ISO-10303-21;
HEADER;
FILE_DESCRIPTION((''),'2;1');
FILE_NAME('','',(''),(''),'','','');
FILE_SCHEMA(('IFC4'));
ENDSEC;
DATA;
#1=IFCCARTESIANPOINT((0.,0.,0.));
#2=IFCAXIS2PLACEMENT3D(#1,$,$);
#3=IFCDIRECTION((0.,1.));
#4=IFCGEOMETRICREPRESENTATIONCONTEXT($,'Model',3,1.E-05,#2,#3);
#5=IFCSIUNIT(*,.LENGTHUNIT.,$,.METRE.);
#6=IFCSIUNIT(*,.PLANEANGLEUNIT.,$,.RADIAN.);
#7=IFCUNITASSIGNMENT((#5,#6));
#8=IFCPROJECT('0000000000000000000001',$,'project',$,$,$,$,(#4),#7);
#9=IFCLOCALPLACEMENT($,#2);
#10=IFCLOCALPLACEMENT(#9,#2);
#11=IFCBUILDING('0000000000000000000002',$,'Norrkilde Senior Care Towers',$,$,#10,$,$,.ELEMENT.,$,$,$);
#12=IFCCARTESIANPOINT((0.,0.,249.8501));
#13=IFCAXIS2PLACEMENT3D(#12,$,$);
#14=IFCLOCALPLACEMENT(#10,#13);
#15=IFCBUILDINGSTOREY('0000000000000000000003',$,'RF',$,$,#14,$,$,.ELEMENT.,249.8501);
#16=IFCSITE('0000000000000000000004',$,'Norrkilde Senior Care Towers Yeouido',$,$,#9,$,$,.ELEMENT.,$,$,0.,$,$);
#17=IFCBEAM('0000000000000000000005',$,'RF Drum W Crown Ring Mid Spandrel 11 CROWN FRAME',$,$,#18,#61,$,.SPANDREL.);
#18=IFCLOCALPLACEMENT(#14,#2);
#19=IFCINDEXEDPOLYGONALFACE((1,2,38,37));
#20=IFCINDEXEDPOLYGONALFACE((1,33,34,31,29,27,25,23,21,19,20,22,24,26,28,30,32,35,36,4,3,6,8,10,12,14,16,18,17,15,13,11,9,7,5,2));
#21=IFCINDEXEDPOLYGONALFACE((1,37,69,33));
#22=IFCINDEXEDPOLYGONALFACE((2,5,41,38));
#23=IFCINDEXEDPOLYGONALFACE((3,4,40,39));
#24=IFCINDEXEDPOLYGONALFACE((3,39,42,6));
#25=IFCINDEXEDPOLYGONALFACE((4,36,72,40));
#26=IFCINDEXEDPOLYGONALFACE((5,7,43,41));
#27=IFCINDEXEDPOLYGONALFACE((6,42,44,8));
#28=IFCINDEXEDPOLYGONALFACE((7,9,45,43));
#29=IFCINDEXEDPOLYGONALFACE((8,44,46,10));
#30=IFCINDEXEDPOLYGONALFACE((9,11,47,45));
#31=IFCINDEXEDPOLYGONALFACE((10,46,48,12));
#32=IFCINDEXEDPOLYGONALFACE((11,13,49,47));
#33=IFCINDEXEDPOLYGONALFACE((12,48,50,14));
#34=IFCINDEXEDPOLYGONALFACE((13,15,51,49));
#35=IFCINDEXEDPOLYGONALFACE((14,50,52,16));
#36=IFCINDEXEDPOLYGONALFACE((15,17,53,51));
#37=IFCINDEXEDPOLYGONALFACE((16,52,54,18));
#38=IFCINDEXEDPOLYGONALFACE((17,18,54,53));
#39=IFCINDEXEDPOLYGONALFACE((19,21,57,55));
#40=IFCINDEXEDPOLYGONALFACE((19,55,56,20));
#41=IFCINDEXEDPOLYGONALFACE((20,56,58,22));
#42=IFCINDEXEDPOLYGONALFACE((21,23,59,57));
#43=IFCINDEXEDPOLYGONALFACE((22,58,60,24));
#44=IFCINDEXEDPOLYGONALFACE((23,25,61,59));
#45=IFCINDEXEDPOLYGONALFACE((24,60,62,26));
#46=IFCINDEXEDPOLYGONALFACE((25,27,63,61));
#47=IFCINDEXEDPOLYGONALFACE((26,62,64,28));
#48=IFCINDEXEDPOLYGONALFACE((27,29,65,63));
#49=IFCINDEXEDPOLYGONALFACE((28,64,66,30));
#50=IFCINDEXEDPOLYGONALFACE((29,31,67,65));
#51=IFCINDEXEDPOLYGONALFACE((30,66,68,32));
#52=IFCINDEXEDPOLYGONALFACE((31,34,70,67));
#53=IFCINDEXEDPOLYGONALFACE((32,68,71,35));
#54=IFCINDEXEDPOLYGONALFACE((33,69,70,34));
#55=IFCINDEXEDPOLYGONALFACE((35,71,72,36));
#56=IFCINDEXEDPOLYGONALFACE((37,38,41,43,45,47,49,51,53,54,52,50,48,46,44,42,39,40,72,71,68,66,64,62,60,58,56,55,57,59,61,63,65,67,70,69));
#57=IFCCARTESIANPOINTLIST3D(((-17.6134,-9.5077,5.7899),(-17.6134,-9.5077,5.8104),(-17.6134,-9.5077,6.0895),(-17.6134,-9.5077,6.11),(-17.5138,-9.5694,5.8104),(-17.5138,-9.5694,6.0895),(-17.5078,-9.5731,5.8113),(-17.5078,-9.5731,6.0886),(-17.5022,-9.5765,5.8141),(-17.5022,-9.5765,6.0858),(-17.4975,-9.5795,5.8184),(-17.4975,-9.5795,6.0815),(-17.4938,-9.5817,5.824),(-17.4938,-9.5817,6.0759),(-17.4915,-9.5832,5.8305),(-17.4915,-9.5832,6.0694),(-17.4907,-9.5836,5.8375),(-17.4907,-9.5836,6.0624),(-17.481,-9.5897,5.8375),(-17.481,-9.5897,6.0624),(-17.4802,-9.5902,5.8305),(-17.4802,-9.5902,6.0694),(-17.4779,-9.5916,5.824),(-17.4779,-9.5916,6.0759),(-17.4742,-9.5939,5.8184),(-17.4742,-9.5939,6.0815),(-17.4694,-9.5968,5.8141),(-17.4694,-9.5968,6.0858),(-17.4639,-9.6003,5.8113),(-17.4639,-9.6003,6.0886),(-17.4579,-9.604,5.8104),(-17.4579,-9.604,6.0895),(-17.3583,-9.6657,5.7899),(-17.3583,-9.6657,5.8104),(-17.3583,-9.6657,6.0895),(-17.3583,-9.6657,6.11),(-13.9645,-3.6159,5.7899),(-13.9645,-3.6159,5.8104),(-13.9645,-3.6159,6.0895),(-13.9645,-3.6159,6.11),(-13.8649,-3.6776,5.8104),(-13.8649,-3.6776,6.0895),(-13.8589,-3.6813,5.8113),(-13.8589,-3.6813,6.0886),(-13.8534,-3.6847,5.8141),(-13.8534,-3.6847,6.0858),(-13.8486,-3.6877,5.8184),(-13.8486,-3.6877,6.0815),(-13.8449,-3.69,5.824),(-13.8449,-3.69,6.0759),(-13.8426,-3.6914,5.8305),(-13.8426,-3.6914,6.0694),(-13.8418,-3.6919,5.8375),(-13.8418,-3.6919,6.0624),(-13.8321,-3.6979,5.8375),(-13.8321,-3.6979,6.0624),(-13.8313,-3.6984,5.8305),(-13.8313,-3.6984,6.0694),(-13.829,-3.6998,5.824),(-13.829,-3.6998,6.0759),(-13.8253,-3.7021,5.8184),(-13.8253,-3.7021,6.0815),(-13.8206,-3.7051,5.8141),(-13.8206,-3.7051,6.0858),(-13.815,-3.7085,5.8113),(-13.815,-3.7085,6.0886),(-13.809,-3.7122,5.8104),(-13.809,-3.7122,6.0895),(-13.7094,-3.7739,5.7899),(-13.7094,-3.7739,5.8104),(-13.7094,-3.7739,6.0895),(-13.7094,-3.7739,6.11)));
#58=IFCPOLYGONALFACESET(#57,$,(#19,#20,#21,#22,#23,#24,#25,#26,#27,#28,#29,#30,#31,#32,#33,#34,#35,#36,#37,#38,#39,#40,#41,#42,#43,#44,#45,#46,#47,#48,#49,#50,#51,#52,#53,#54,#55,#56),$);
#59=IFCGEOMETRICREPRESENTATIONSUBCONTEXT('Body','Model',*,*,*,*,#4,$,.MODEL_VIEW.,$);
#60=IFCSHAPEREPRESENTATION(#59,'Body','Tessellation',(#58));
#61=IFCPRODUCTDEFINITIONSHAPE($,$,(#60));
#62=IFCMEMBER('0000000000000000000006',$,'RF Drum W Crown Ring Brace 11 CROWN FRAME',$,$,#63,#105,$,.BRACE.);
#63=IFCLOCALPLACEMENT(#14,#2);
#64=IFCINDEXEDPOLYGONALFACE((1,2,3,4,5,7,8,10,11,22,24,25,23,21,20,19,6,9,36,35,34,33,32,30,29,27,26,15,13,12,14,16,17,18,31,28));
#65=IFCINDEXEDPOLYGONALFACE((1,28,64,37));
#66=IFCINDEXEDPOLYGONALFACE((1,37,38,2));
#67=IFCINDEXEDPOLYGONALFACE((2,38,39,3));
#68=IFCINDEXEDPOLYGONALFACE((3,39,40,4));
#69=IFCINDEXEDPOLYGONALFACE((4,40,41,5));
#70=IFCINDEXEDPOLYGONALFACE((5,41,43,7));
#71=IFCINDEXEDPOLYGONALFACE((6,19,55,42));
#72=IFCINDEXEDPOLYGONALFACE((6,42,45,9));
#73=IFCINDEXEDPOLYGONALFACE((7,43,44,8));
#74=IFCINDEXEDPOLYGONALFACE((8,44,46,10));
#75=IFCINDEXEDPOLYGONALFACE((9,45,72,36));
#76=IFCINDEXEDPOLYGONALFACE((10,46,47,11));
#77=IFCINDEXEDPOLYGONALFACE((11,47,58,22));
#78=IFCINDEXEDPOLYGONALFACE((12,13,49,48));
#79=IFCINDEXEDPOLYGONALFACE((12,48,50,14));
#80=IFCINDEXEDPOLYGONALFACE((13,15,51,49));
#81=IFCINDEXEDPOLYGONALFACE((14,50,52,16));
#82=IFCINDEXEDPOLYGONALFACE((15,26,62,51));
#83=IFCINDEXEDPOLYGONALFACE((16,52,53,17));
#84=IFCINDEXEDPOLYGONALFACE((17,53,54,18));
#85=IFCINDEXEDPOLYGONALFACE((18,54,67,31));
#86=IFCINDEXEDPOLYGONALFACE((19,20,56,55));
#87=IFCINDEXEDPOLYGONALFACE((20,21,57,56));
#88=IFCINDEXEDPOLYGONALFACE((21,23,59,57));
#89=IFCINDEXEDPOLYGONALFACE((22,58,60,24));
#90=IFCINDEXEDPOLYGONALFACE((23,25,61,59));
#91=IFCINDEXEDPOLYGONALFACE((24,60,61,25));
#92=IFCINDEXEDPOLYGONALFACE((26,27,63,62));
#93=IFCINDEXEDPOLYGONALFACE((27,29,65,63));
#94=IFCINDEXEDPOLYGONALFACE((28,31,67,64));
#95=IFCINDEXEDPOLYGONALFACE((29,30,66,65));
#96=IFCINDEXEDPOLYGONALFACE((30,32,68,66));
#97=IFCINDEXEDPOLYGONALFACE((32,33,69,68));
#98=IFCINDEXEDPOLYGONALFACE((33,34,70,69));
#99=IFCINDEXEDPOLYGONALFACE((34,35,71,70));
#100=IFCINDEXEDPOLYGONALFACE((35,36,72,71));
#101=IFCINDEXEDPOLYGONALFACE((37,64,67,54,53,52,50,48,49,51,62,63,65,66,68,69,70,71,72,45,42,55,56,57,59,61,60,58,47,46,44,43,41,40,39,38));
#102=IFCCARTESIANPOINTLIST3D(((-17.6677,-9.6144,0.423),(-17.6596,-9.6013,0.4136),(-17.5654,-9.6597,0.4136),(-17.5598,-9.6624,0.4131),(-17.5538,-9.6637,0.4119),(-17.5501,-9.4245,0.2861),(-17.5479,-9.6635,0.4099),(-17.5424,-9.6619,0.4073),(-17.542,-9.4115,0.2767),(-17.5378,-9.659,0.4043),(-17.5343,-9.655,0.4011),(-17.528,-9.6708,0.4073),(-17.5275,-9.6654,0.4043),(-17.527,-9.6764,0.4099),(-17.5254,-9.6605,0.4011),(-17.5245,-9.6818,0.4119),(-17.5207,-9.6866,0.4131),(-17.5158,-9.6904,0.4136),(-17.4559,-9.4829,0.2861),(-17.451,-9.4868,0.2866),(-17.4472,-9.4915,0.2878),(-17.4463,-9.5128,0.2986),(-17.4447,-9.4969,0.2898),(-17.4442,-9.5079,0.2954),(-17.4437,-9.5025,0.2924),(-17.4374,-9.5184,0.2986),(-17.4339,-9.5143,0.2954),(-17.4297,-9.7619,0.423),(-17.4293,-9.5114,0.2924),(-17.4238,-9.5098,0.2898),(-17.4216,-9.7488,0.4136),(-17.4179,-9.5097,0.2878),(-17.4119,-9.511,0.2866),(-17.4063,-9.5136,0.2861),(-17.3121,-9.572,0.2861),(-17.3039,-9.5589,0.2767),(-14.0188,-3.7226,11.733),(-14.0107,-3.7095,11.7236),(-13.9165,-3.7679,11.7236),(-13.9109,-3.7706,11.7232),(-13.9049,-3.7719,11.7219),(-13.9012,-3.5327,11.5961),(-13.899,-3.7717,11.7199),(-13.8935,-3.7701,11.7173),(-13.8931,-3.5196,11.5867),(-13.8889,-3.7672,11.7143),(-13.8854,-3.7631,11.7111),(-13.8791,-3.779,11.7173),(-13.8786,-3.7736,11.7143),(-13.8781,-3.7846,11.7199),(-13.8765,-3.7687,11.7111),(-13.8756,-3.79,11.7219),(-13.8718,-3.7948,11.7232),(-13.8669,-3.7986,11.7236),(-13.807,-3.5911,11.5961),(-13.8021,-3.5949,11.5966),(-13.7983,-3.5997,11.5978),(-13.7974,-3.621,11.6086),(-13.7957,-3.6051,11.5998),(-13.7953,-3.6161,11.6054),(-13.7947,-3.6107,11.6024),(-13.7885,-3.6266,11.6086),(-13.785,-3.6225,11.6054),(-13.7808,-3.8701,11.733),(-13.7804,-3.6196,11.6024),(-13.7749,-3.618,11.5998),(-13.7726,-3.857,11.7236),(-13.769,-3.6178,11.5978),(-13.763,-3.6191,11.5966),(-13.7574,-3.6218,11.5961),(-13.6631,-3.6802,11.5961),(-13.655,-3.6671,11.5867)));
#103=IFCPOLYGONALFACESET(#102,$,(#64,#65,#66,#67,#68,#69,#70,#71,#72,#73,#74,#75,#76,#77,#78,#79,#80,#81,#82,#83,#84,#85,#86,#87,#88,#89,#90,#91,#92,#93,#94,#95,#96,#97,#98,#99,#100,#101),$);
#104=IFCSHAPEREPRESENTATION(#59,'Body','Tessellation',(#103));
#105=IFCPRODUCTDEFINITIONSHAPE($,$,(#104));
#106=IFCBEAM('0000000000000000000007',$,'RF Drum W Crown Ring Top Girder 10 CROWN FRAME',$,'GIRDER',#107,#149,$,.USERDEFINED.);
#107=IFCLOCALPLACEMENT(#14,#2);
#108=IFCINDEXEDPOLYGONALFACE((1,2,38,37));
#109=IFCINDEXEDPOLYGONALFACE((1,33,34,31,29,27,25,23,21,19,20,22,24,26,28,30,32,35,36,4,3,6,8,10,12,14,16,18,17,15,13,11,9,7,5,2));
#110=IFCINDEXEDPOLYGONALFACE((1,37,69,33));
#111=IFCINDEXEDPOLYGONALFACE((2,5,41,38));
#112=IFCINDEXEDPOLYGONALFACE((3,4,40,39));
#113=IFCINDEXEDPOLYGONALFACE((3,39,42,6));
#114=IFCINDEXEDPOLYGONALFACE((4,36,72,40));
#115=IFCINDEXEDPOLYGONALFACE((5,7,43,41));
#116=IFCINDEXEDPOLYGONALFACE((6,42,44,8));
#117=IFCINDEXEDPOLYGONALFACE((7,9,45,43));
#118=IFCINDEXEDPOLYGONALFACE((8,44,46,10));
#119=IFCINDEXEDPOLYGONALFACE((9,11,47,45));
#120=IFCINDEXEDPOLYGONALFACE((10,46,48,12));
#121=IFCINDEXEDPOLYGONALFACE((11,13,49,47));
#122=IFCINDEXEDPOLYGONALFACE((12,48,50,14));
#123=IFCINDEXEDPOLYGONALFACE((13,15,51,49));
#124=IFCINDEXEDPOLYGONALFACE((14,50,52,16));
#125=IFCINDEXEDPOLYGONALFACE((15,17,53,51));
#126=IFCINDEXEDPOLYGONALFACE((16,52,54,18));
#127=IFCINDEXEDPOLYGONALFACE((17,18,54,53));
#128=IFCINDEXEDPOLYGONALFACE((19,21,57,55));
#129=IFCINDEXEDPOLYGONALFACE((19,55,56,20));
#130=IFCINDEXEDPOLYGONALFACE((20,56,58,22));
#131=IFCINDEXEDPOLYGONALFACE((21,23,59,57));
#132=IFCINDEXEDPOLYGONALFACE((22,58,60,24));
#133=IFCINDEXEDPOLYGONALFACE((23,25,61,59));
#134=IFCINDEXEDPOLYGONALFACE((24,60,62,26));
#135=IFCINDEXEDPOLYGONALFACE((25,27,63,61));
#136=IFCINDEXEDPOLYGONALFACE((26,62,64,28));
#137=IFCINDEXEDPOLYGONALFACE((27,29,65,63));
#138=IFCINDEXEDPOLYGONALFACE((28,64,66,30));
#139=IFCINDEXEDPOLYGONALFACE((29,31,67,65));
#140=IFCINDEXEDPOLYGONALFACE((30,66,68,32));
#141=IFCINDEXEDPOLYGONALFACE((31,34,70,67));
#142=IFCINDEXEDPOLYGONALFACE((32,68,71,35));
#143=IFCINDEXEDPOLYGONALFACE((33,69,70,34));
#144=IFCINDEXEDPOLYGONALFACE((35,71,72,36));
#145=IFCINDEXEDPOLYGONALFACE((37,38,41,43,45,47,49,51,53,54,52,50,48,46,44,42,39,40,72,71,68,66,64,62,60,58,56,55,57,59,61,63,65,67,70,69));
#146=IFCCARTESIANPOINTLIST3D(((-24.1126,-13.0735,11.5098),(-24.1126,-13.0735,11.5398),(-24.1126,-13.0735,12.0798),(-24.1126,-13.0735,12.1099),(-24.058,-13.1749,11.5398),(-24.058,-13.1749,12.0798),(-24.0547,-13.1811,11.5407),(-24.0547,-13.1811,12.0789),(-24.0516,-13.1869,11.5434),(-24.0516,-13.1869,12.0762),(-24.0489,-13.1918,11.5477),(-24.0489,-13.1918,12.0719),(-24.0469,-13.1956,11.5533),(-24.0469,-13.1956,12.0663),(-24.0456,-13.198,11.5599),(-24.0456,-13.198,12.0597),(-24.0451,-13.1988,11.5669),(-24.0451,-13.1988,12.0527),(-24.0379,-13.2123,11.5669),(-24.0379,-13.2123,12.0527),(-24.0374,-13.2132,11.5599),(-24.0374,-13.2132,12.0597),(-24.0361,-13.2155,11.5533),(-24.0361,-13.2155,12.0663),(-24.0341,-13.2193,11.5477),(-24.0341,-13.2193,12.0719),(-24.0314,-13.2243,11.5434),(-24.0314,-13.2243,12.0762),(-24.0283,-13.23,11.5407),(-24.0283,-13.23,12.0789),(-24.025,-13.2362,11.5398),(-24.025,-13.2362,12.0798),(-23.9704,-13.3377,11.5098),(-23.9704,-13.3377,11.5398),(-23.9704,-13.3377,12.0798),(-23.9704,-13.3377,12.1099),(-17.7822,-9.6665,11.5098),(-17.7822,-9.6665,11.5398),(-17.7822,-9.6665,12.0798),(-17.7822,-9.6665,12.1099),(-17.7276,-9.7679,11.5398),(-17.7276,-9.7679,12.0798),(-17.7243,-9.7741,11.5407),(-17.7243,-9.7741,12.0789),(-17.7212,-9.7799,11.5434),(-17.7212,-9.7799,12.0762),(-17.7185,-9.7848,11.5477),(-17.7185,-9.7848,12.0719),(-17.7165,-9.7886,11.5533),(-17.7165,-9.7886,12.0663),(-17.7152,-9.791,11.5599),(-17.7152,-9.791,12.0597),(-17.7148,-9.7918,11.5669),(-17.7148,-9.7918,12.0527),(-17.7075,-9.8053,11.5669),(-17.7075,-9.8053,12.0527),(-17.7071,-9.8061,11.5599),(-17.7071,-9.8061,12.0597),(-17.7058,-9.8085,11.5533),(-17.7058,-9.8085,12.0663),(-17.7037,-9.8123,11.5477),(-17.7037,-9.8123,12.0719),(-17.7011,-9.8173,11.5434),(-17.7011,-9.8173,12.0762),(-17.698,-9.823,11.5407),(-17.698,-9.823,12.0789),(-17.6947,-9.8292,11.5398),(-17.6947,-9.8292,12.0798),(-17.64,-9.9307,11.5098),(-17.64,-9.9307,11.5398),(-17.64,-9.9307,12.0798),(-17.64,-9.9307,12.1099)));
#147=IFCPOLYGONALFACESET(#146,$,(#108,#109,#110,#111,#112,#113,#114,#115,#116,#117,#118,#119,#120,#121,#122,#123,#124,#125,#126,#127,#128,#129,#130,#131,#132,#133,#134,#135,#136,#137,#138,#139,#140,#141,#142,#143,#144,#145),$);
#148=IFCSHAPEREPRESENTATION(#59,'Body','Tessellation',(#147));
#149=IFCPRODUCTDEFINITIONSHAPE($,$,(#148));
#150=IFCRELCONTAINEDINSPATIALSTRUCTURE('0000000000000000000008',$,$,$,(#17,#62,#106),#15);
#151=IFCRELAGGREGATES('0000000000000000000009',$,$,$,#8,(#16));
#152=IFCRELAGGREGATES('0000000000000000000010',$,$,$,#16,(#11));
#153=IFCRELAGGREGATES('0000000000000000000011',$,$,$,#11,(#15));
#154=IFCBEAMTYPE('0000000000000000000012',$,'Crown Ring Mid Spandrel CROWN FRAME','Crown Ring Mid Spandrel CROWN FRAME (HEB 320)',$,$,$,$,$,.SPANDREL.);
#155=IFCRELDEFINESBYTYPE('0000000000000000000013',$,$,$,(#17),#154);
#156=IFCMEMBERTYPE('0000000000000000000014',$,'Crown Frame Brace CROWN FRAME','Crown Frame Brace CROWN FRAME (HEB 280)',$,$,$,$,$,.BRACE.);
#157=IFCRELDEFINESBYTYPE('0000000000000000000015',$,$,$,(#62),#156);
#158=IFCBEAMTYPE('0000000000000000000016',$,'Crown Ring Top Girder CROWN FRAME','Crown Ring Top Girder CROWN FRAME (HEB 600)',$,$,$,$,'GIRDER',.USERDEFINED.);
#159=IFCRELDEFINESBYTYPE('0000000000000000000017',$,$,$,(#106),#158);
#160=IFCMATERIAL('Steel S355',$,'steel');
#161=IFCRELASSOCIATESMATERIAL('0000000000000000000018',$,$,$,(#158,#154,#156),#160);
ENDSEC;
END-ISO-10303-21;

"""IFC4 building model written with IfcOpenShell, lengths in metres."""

from ifc_helpers import new_model, si_unit, direction, frame, origin, origin_2d, place, context, subcontext, project, spatial, i_section, extrude, source, transform, mapped, material, material_profile, profile_set, type_object, type_shapes, element, save


model = new_model("IFC4")

# Units and contexts
model_context = context("Model", 3, precision=1e-05, world=origin(), true_north=direction((0.0, 1.0)))
body_context = subcontext(model_context, "Body", "Model", "MODEL_VIEW")
ifc_project = project(units=[si_unit("LENGTHUNIT", "METRE"), si_unit("PLANEANGLEUNIT", "RADIAN")], contexts=[model_context])

# Site, building, storey
site_placement = place(None, origin())
site = spatial("IfcSite", under=ifc_project, at=site_placement, Name="Norrkilde Senior Care Towers Yeouido", CompositionType="ELEMENT", RefElevation=0.0)
building_placement = place(site_placement, origin())
building = spatial("IfcBuilding", under=site, at=building_placement, Name="Norrkilde Senior Care Towers", CompositionType="ELEMENT")
storey_placement = place(building_placement, frame((0.0, 0.0, 249.8501)))
storey = spatial("IfcBuildingStorey", under=building, at=storey_placement, Name="RF", CompositionType="ELEMENT", Elevation=249.8501)

# Shared definitions
ifc_material_1 = material(Name="Steel S355", Category="steel")

# Beam
ifc_material_profile_1 = material_profile(ifc_material_1, i_section(OverallWidth=0.3, OverallDepth=0.6001, WebThickness=0.0154, FlangeThickness=0.03, FilletRadius=0.0271, at=origin_2d()), Name="HEB 600")
ifc_profile_set_1 = profile_set([ifc_material_profile_1], Name="Steel S355")
beam_type_1 = type_object("IfcBeamType", Name="Crown Ring Top Girder CROWN FRAME", Description="Crown Ring Top Girder CROWN FRAME (HEB 600)", ElementType="GIRDER", PredefinedType="USERDEFINED", material=ifc_profile_set_1)
ifc_material_profile_2 = material_profile(ifc_material_1, i_section(OverallWidth=0.3, OverallDepth=0.3201, WebThickness=0.0115, FlangeThickness=0.0205, FilletRadius=0.0271, at=origin_2d()), Name="HEB 320")
ifc_profile_set_2 = profile_set([ifc_material_profile_2], Name="Steel S355")
beam_type_2 = type_object("IfcBeamType", Name="Crown Ring Mid Spandrel CROWN FRAME", Description="Crown Ring Mid Spandrel CROWN FRAME (HEB 320)", PredefinedType="SPANDREL", material=ifc_profile_set_2)
shared_shape_1 = source(origin(), body_context, "Body", "SweptSolid", [
    extrude(i_section(OverallWidth=0.3, OverallDepth=0.3201, WebThickness=0.0115, FlangeThickness=0.0205, FilletRadius=0.0271, at=origin_2d()), origin(), (0.0, 0.0, 1.0), 6.9302),
])
beam_1_placement = place(storey_placement, frame((-17.4858, -9.5867, 5.95), z_axis=(0.526521, 0.850162, 0.0), x_axis=(-0.850162, 0.526521, 0.0)))
element("IfcBeam", 1, at=beam_1_placement, inside=storey, type_object=beam_type_2, Name="RF Drum W Crown Ring Mid Spandrel 11 CROWN FRAME", PredefinedType="SPANDREL", context=body_context, shape_type="MappedRepresentation", body=[
    mapped(shared_shape_1, transform((0.0, 0.0, 0.0), x_axis=(1.0, 0.0, 0.0), y_axis=(0.0, 1.0, 0.0), z_axis=(0.0, 0.0, 1.0), scale=1.0)),
])

# Member
ifc_material_profile_3 = material_profile(ifc_material_1, i_section(OverallWidth=0.28, OverallDepth=0.28, WebThickness=0.0105, FlangeThickness=0.0181, FilletRadius=0.0239, at=origin_2d()), Name="HEB 280")
ifc_profile_set_3 = profile_set([ifc_material_profile_3], Name="Steel S355")
member_type_1 = type_object("IfcMemberType", Name="Crown Frame Brace CROWN FRAME", Description="Crown Frame Brace CROWN FRAME (HEB 280)", PredefinedType="BRACE", material=ifc_profile_set_3)
shared_shape_2 = source(origin(), body_context, "Body", "SweptSolid", [
    extrude(i_section(OverallWidth=0.28, OverallDepth=0.28, WebThickness=0.0105, FlangeThickness=0.0181, FilletRadius=0.0239, at=origin_2d()), origin(), (0.0, 0.0, 1.0), 13.2644),
])
type_shapes(member_type_1, [shared_shape_2])
member_1_placement = place(storey_placement, frame((-17.4858, -9.5867, 0.3499), z_axis=(0.27509, 0.444183, 0.852659), x_axis=(-0.850162, 0.526521, 0.0)))
element("IfcMember", 2, at=member_1_placement, inside=storey, type_object=member_type_1, Name="RF Drum W Crown Ring Brace 11 CROWN FRAME", PredefinedType="BRACE", context=body_context, shape_type="MappedRepresentation", body=[
    mapped(shared_shape_2, transform((0.0, 0.0, 0.0), x_axis=(1.0, 0.0, 0.0), y_axis=(0.0, 1.0, 0.0), z_axis=(0.0, 0.0, 1.0), scale=1.0)),
])

# Beam
shared_shape_3 = source(origin(), body_context, "Body", "SweptSolid", [
    extrude(i_section(OverallWidth=0.3, OverallDepth=0.6001, WebThickness=0.0154, FlangeThickness=0.03, FilletRadius=0.0271, at=origin_2d()), origin(), (0.0, 0.0, 1.0), 7.189),
])
beam_2_placement = place(storey_placement, frame((-24.0415, -13.2056, 11.8098), z_axis=(0.880567, 0.473922, 0.0), x_axis=(-0.473922, 0.880567, 0.0)))
element("IfcBeam", 3, at=beam_2_placement, inside=storey, type_object=beam_type_1, Name="RF Drum W Crown Ring Top Girder 10 CROWN FRAME", ObjectType="GIRDER", PredefinedType="USERDEFINED", context=body_context, shape_type="MappedRepresentation", body=[
    mapped(shared_shape_3, transform((0.0, 0.0, 0.0), x_axis=(1.0, 0.0, 0.0), y_axis=(0.0, 1.0, 0.0), z_axis=(0.0, 0.0, 1.0), scale=1.0)),
])

save(model, "model.ifc")
